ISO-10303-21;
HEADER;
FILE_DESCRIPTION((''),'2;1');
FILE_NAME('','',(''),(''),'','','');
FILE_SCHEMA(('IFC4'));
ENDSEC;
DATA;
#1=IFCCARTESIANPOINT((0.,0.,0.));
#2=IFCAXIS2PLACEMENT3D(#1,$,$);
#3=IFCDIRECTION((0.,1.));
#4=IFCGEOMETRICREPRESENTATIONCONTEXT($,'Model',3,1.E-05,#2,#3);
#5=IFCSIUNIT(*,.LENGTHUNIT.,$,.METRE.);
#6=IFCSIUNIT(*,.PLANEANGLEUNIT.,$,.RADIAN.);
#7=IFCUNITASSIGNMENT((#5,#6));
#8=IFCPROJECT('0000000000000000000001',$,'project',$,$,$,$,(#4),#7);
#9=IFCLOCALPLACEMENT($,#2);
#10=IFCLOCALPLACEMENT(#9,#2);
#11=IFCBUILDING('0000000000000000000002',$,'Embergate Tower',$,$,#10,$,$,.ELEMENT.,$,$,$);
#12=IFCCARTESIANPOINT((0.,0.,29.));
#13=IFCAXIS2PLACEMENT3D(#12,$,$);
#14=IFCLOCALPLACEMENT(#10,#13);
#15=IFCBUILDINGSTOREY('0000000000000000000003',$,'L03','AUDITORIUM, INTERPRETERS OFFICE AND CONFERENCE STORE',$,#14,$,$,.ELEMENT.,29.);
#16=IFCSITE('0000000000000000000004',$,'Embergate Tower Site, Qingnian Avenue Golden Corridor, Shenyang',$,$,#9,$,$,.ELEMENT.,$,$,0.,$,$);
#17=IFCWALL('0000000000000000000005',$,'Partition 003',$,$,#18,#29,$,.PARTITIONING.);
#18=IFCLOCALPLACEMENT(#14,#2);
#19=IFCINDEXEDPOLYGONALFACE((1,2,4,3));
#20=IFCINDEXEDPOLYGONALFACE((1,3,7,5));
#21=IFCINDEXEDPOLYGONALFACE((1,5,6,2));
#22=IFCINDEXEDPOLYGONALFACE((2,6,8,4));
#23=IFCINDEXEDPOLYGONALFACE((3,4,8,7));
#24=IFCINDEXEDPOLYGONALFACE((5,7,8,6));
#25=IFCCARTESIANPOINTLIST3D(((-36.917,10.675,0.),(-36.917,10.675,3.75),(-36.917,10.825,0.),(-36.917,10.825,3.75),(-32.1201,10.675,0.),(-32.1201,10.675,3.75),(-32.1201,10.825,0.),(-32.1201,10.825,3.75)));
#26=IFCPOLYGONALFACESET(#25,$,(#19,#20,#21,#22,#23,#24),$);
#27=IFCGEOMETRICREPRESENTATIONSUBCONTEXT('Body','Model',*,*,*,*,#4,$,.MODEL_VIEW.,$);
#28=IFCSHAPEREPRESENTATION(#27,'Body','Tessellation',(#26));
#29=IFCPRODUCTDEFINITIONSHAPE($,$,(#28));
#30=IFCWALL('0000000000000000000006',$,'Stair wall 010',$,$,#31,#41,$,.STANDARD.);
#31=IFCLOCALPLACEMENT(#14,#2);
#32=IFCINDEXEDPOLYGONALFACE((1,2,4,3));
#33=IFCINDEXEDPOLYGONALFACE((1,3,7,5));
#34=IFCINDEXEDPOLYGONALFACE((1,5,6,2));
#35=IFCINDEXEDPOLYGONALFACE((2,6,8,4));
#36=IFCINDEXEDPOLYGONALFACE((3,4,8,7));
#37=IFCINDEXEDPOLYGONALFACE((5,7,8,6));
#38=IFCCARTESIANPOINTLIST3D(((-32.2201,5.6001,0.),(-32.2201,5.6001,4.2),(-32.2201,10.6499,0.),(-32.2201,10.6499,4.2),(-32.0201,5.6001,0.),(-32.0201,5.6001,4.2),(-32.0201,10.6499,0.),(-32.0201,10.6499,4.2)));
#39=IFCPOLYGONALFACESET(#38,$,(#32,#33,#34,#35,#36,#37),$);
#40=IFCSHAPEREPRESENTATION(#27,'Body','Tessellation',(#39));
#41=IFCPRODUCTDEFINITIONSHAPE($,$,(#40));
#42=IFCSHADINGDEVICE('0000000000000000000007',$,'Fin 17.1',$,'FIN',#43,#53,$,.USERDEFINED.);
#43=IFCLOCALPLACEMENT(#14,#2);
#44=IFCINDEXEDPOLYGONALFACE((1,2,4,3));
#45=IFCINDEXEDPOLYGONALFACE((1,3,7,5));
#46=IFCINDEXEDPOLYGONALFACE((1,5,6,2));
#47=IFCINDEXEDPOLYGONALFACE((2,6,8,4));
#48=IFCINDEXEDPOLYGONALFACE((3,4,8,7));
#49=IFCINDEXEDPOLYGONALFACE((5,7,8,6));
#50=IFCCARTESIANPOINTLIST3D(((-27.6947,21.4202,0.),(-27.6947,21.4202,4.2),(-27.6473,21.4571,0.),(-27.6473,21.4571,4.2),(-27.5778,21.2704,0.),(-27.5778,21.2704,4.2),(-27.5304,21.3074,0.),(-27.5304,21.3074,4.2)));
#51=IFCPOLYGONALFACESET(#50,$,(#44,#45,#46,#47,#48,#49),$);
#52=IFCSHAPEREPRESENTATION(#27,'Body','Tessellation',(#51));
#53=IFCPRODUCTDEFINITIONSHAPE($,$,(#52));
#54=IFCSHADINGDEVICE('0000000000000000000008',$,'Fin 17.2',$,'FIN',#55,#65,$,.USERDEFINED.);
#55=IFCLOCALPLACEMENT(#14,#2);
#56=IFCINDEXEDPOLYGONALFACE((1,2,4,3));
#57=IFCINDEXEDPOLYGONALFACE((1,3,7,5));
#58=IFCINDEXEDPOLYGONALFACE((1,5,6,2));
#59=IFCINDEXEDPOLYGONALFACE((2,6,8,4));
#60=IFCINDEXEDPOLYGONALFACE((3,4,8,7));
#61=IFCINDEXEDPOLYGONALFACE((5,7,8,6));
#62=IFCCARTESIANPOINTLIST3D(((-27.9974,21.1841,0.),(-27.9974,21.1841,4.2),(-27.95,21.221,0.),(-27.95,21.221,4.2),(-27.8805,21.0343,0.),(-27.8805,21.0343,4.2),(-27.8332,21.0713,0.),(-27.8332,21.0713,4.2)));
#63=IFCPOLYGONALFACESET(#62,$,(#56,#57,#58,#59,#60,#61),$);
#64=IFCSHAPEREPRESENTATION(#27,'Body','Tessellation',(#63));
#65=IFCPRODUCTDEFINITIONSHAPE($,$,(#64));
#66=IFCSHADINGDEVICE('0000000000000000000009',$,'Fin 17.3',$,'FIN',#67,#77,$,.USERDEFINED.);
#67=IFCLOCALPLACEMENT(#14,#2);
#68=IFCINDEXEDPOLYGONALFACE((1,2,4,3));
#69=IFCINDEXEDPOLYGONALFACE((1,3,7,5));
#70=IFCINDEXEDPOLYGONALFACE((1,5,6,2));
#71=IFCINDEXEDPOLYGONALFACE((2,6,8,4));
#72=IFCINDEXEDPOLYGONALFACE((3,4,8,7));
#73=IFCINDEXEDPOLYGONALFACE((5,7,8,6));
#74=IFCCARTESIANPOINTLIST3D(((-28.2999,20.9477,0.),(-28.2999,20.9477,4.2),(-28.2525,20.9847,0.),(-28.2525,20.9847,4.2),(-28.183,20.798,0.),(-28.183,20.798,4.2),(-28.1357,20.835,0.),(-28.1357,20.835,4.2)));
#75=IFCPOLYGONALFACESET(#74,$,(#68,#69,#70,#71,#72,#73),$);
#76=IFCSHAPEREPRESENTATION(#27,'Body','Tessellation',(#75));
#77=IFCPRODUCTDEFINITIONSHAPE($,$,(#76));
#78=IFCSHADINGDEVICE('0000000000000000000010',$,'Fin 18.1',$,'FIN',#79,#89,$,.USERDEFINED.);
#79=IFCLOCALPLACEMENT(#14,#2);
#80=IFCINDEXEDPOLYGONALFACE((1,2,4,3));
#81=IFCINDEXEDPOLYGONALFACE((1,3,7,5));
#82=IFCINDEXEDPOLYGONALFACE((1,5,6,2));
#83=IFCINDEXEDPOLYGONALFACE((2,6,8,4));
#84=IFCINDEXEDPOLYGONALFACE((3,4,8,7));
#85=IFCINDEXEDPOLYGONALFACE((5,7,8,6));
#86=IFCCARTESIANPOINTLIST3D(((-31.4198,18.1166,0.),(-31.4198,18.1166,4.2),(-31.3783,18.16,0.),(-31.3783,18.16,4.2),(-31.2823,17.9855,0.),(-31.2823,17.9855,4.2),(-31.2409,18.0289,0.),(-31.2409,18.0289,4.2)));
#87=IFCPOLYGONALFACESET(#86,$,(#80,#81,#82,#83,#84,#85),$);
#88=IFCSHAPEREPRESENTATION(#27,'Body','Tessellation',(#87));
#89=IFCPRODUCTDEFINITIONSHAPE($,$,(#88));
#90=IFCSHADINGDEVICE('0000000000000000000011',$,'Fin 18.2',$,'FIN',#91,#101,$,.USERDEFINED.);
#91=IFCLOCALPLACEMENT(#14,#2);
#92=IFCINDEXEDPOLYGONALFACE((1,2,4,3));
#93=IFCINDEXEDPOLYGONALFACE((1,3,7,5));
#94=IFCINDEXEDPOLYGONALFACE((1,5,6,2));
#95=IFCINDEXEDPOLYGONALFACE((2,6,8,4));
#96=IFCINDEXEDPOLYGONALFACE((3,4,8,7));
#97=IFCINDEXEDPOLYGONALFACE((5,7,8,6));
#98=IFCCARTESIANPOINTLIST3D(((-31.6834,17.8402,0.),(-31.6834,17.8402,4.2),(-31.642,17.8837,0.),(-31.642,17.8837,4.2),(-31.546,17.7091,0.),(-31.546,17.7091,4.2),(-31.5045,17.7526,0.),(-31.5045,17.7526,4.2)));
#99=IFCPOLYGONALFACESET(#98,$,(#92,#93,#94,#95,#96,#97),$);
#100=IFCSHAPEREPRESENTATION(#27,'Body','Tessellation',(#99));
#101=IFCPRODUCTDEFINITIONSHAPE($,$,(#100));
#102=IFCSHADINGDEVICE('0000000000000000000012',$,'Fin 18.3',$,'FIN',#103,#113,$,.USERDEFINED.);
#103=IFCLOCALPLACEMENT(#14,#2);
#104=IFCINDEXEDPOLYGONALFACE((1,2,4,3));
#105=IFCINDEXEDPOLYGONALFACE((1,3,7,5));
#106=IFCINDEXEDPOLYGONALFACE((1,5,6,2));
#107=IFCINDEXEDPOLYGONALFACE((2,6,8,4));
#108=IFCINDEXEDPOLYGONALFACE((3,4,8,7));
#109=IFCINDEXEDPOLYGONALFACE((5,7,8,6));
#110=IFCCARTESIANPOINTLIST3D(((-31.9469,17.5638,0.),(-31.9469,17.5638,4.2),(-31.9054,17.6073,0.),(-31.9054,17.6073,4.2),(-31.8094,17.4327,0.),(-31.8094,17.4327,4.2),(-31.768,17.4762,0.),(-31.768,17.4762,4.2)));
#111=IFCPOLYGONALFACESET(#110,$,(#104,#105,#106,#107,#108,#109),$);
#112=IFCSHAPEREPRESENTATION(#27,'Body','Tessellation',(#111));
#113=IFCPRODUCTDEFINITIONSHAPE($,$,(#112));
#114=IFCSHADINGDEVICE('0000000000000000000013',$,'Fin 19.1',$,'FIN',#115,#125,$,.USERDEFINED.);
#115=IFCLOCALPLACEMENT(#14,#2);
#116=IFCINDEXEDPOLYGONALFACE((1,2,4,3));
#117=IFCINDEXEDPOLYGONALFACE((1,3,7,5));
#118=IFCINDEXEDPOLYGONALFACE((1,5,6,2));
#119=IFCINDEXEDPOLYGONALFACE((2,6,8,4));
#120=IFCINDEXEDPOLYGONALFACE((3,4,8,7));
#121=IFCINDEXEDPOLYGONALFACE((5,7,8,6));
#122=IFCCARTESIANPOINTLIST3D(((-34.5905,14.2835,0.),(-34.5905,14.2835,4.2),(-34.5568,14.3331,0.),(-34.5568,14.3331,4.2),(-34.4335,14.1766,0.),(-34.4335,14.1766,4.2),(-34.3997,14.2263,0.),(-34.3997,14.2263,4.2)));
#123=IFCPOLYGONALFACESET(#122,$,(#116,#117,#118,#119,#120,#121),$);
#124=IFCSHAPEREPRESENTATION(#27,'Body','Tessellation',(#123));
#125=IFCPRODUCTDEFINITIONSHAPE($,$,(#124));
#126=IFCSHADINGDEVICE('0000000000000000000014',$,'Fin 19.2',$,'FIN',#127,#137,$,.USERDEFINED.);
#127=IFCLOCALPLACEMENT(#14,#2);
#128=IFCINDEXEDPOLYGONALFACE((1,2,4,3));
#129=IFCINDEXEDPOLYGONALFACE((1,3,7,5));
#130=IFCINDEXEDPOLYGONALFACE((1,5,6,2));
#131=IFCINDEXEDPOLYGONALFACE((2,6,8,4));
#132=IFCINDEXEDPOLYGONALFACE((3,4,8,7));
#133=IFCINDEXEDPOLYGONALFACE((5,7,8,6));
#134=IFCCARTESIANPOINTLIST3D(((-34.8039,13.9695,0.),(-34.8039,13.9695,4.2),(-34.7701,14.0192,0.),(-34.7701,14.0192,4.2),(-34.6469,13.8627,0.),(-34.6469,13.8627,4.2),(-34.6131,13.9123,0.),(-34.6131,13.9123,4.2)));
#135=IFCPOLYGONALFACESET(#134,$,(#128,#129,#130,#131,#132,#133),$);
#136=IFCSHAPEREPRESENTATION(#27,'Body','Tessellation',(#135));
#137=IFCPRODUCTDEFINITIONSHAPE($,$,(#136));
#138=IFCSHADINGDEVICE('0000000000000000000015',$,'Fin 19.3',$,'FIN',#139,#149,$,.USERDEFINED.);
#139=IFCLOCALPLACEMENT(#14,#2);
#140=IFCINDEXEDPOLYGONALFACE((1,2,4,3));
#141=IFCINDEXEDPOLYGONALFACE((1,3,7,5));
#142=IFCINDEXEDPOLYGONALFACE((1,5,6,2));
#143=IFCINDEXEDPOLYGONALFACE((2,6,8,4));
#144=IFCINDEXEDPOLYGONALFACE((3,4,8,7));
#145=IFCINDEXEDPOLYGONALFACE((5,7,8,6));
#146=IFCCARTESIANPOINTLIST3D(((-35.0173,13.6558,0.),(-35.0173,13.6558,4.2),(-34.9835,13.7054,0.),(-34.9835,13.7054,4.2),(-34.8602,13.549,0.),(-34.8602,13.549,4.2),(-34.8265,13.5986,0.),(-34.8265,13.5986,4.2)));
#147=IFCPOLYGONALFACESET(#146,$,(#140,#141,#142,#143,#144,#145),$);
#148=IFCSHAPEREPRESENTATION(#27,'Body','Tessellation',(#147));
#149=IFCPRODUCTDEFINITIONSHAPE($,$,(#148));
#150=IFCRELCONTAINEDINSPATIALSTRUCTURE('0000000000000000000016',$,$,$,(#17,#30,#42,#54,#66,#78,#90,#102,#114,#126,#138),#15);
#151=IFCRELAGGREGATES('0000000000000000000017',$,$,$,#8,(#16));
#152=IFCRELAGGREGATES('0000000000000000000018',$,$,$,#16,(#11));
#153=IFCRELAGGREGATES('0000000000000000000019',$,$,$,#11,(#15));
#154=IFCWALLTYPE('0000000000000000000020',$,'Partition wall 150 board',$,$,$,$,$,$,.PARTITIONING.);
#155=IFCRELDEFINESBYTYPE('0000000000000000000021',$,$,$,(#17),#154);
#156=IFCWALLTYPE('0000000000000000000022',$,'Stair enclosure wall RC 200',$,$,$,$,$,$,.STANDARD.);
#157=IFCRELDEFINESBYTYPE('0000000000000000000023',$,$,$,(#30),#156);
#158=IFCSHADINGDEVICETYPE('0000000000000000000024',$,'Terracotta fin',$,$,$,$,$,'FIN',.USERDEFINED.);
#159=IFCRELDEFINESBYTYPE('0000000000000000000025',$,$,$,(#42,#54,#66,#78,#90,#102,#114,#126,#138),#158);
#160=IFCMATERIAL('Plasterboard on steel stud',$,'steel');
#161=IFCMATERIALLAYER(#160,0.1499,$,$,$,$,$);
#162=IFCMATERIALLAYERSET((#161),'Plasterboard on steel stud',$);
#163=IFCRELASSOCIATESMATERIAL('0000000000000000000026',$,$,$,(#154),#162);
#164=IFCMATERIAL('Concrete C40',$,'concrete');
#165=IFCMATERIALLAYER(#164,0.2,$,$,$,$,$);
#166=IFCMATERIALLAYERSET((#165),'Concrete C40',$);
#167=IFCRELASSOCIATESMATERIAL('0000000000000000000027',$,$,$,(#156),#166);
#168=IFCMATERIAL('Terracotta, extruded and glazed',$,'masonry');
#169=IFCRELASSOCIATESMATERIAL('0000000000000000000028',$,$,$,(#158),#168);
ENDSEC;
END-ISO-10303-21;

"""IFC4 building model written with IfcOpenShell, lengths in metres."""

from ifc_helpers import new_model, si_unit, direction, frame, frame_2d, origin, origin_2d, place, context, subcontext, project, spatial, rectangle, extrude, source, transform, mapped, material, layer, layer_set, material_profile, profile_set, type_object, element, save


model = new_model("IFC4")

# Units and contexts
model_context = context("Model", 3, precision=1e-05, world=origin(), true_north=direction((0.0, 1.0)))
body_context = subcontext(model_context, "Body", "Model", "MODEL_VIEW")
ifc_project = project(units=[si_unit("LENGTHUNIT", "METRE"), si_unit("PLANEANGLEUNIT", "RADIAN")], contexts=[model_context])

# Site, building, storey
site_placement = place(None, origin())
site = spatial("IfcSite", under=ifc_project, at=site_placement, Name="Embergate Tower Site, Qingnian Avenue Golden Corridor, Shenyang", CompositionType="ELEMENT", RefElevation=0.0)
building_placement = place(site_placement, origin())
building = spatial("IfcBuilding", under=site, at=building_placement, Name="Embergate Tower", CompositionType="ELEMENT")
storey_placement = place(building_placement, frame((0.0, 0.0, 29.0)))
storey = spatial("IfcBuildingStorey", under=building, at=storey_placement, Name="L03", Description="AUDITORIUM, INTERPRETERS OFFICE AND CONFERENCE STORE", CompositionType="ELEMENT", Elevation=29.0)

# Walls
ifc_material_1 = material(Name="Plasterboard on steel stud", Category="steel")
ifc_layer_1 = layer(ifc_material_1, 0.1499)
ifc_layer_set_1 = layer_set([ifc_layer_1], Name="Plasterboard on steel stud")
wall_type_1 = type_object("IfcWallType", Name="Partition wall 150 board", PredefinedType="PARTITIONING", material=ifc_layer_set_1)
shared_shape_1 = source(origin(), body_context, "Body", "SweptSolid", [
    extrude(rectangle(XDim=4.7969, YDim=0.1499, at=frame_2d((2.3984, 0.0))), origin(), (0.0, 0.0, 1.0), 3.75),
])
wall_1_placement = place(storey_placement, frame((-36.917, 10.75, 0.0), z_axis=(0.0, 0.0, 1.0), x_axis=(1.0, 0.0, 0.0)))
element("IfcWall", 1, at=wall_1_placement, inside=storey, type_object=wall_type_1, Name="Partition 003", PredefinedType="PARTITIONING", context=body_context, shape_type="MappedRepresentation", body=[
    mapped(shared_shape_1, transform((0.0, 0.0, 0.0))),
])
ifc_material_2 = material(Name="Concrete C40", Category="concrete")
ifc_layer_2 = layer(ifc_material_2, 0.2)
ifc_layer_set_2 = layer_set([ifc_layer_2], Name="Concrete C40")
wall_type_2 = type_object("IfcWallType", Name="Stair enclosure wall RC 200", PredefinedType="STANDARD", material=ifc_layer_set_2)
shared_shape_2 = source(origin(), body_context, "Body", "SweptSolid", [
    extrude(rectangle(XDim=5.0498, YDim=0.2, at=frame_2d((2.5249, 0.0))), origin(), (0.0, 0.0, 1.0), 4.2),
])
wall_2_placement = place(storey_placement, frame((-32.1201, 10.6499, 0.0), z_axis=(0.0, 0.0, 1.0), x_axis=(0.0, -1.0, 0.0)))
element("IfcWall", 2, at=wall_2_placement, inside=storey, type_object=wall_type_2, Name="Stair wall 010", PredefinedType="STANDARD", context=body_context, shape_type="MappedRepresentation", body=[
    mapped(shared_shape_2, transform((0.0, 0.0, 0.0))),
])

# Shading devices
ifc_material_3 = material(Name="Terracotta, extruded and glazed", Category="masonry")
ifc_material_profile_1 = material_profile(ifc_material_3, rectangle(XDim=0.1899, YDim=0.0601, at=origin_2d()), Name="TC 190x60")
ifc_profile_set_1 = profile_set([ifc_material_profile_1], Name="Terracotta, extruded and glazed")
shading_device_type = type_object("IfcShadingDeviceType", Name="Terracotta fin", ElementType="FIN", PredefinedType="USERDEFINED", material=ifc_profile_set_1)
shared_shape_3 = source(origin(), body_context, "Body", "SweptSolid", [
    extrude(rectangle(XDim=0.1899, YDim=0.0601, at=origin_2d()), origin(), (0.0, 0.0, 1.0), 4.2),
])
for number, where, z_axis, x_axis, name in (
    (3, (-27.6125, 21.3638, 0.0), (0.0, 0.0, 1.0), (0.615275, -0.788313, 0.0), "Fin 17.1"),
    (4, (-27.9153, 21.1277, 0.0), (0.0, 0.0, 1.0), (0.615275, -0.788313, 0.0), "Fin 17.2"),
    (5, (-28.2178, 20.8914, 0.0), (0.0, 0.0, 1.0), (0.615275, -0.788313, 0.0), "Fin 17.3"),
    (6, (-31.3303, 18.0728, 0.0), (0.0, 0.0, 1.0), (0.72369, -0.690125, 0.0), "Fin 18.1"),
    (7, (-31.594, 17.7964, 0.0), (0.0, 0.0, 1.0), (0.72369, -0.690125, 0.0), "Fin 18.2"),
    (8, (-31.8574, 17.52, 0.0), (0.0, 0.0, 1.0), (0.72369, -0.690125, 0.0), "Fin 18.3"),
    (9, (-34.4951, 14.2549, 0.0), (0.0, 0.0, 1.0), (0.826911, -0.562333, 0.0), "Fin 19.1"),
    (10, (-34.7085, 13.9409, 0.0), (0.0, 0.0, 1.0), (0.826911, -0.562333, 0.0), "Fin 19.2"),
    (11, (-34.9219, 13.6272, 0.0), (0.0, 0.0, 1.0), (0.826911, -0.562333, 0.0), "Fin 19.3"),
):
    element("IfcShadingDevice", number, at=place(storey_placement, frame(where, z_axis=z_axis, x_axis=x_axis)), inside=storey, type_object=shading_device_type, Name=name, ObjectType="FIN", PredefinedType="USERDEFINED", context=body_context, shape_type="MappedRepresentation", body=[
        mapped(shared_shape_3, transform((0.0, 0.0, 0.0))),
    ])

save(model, "model.ifc")
